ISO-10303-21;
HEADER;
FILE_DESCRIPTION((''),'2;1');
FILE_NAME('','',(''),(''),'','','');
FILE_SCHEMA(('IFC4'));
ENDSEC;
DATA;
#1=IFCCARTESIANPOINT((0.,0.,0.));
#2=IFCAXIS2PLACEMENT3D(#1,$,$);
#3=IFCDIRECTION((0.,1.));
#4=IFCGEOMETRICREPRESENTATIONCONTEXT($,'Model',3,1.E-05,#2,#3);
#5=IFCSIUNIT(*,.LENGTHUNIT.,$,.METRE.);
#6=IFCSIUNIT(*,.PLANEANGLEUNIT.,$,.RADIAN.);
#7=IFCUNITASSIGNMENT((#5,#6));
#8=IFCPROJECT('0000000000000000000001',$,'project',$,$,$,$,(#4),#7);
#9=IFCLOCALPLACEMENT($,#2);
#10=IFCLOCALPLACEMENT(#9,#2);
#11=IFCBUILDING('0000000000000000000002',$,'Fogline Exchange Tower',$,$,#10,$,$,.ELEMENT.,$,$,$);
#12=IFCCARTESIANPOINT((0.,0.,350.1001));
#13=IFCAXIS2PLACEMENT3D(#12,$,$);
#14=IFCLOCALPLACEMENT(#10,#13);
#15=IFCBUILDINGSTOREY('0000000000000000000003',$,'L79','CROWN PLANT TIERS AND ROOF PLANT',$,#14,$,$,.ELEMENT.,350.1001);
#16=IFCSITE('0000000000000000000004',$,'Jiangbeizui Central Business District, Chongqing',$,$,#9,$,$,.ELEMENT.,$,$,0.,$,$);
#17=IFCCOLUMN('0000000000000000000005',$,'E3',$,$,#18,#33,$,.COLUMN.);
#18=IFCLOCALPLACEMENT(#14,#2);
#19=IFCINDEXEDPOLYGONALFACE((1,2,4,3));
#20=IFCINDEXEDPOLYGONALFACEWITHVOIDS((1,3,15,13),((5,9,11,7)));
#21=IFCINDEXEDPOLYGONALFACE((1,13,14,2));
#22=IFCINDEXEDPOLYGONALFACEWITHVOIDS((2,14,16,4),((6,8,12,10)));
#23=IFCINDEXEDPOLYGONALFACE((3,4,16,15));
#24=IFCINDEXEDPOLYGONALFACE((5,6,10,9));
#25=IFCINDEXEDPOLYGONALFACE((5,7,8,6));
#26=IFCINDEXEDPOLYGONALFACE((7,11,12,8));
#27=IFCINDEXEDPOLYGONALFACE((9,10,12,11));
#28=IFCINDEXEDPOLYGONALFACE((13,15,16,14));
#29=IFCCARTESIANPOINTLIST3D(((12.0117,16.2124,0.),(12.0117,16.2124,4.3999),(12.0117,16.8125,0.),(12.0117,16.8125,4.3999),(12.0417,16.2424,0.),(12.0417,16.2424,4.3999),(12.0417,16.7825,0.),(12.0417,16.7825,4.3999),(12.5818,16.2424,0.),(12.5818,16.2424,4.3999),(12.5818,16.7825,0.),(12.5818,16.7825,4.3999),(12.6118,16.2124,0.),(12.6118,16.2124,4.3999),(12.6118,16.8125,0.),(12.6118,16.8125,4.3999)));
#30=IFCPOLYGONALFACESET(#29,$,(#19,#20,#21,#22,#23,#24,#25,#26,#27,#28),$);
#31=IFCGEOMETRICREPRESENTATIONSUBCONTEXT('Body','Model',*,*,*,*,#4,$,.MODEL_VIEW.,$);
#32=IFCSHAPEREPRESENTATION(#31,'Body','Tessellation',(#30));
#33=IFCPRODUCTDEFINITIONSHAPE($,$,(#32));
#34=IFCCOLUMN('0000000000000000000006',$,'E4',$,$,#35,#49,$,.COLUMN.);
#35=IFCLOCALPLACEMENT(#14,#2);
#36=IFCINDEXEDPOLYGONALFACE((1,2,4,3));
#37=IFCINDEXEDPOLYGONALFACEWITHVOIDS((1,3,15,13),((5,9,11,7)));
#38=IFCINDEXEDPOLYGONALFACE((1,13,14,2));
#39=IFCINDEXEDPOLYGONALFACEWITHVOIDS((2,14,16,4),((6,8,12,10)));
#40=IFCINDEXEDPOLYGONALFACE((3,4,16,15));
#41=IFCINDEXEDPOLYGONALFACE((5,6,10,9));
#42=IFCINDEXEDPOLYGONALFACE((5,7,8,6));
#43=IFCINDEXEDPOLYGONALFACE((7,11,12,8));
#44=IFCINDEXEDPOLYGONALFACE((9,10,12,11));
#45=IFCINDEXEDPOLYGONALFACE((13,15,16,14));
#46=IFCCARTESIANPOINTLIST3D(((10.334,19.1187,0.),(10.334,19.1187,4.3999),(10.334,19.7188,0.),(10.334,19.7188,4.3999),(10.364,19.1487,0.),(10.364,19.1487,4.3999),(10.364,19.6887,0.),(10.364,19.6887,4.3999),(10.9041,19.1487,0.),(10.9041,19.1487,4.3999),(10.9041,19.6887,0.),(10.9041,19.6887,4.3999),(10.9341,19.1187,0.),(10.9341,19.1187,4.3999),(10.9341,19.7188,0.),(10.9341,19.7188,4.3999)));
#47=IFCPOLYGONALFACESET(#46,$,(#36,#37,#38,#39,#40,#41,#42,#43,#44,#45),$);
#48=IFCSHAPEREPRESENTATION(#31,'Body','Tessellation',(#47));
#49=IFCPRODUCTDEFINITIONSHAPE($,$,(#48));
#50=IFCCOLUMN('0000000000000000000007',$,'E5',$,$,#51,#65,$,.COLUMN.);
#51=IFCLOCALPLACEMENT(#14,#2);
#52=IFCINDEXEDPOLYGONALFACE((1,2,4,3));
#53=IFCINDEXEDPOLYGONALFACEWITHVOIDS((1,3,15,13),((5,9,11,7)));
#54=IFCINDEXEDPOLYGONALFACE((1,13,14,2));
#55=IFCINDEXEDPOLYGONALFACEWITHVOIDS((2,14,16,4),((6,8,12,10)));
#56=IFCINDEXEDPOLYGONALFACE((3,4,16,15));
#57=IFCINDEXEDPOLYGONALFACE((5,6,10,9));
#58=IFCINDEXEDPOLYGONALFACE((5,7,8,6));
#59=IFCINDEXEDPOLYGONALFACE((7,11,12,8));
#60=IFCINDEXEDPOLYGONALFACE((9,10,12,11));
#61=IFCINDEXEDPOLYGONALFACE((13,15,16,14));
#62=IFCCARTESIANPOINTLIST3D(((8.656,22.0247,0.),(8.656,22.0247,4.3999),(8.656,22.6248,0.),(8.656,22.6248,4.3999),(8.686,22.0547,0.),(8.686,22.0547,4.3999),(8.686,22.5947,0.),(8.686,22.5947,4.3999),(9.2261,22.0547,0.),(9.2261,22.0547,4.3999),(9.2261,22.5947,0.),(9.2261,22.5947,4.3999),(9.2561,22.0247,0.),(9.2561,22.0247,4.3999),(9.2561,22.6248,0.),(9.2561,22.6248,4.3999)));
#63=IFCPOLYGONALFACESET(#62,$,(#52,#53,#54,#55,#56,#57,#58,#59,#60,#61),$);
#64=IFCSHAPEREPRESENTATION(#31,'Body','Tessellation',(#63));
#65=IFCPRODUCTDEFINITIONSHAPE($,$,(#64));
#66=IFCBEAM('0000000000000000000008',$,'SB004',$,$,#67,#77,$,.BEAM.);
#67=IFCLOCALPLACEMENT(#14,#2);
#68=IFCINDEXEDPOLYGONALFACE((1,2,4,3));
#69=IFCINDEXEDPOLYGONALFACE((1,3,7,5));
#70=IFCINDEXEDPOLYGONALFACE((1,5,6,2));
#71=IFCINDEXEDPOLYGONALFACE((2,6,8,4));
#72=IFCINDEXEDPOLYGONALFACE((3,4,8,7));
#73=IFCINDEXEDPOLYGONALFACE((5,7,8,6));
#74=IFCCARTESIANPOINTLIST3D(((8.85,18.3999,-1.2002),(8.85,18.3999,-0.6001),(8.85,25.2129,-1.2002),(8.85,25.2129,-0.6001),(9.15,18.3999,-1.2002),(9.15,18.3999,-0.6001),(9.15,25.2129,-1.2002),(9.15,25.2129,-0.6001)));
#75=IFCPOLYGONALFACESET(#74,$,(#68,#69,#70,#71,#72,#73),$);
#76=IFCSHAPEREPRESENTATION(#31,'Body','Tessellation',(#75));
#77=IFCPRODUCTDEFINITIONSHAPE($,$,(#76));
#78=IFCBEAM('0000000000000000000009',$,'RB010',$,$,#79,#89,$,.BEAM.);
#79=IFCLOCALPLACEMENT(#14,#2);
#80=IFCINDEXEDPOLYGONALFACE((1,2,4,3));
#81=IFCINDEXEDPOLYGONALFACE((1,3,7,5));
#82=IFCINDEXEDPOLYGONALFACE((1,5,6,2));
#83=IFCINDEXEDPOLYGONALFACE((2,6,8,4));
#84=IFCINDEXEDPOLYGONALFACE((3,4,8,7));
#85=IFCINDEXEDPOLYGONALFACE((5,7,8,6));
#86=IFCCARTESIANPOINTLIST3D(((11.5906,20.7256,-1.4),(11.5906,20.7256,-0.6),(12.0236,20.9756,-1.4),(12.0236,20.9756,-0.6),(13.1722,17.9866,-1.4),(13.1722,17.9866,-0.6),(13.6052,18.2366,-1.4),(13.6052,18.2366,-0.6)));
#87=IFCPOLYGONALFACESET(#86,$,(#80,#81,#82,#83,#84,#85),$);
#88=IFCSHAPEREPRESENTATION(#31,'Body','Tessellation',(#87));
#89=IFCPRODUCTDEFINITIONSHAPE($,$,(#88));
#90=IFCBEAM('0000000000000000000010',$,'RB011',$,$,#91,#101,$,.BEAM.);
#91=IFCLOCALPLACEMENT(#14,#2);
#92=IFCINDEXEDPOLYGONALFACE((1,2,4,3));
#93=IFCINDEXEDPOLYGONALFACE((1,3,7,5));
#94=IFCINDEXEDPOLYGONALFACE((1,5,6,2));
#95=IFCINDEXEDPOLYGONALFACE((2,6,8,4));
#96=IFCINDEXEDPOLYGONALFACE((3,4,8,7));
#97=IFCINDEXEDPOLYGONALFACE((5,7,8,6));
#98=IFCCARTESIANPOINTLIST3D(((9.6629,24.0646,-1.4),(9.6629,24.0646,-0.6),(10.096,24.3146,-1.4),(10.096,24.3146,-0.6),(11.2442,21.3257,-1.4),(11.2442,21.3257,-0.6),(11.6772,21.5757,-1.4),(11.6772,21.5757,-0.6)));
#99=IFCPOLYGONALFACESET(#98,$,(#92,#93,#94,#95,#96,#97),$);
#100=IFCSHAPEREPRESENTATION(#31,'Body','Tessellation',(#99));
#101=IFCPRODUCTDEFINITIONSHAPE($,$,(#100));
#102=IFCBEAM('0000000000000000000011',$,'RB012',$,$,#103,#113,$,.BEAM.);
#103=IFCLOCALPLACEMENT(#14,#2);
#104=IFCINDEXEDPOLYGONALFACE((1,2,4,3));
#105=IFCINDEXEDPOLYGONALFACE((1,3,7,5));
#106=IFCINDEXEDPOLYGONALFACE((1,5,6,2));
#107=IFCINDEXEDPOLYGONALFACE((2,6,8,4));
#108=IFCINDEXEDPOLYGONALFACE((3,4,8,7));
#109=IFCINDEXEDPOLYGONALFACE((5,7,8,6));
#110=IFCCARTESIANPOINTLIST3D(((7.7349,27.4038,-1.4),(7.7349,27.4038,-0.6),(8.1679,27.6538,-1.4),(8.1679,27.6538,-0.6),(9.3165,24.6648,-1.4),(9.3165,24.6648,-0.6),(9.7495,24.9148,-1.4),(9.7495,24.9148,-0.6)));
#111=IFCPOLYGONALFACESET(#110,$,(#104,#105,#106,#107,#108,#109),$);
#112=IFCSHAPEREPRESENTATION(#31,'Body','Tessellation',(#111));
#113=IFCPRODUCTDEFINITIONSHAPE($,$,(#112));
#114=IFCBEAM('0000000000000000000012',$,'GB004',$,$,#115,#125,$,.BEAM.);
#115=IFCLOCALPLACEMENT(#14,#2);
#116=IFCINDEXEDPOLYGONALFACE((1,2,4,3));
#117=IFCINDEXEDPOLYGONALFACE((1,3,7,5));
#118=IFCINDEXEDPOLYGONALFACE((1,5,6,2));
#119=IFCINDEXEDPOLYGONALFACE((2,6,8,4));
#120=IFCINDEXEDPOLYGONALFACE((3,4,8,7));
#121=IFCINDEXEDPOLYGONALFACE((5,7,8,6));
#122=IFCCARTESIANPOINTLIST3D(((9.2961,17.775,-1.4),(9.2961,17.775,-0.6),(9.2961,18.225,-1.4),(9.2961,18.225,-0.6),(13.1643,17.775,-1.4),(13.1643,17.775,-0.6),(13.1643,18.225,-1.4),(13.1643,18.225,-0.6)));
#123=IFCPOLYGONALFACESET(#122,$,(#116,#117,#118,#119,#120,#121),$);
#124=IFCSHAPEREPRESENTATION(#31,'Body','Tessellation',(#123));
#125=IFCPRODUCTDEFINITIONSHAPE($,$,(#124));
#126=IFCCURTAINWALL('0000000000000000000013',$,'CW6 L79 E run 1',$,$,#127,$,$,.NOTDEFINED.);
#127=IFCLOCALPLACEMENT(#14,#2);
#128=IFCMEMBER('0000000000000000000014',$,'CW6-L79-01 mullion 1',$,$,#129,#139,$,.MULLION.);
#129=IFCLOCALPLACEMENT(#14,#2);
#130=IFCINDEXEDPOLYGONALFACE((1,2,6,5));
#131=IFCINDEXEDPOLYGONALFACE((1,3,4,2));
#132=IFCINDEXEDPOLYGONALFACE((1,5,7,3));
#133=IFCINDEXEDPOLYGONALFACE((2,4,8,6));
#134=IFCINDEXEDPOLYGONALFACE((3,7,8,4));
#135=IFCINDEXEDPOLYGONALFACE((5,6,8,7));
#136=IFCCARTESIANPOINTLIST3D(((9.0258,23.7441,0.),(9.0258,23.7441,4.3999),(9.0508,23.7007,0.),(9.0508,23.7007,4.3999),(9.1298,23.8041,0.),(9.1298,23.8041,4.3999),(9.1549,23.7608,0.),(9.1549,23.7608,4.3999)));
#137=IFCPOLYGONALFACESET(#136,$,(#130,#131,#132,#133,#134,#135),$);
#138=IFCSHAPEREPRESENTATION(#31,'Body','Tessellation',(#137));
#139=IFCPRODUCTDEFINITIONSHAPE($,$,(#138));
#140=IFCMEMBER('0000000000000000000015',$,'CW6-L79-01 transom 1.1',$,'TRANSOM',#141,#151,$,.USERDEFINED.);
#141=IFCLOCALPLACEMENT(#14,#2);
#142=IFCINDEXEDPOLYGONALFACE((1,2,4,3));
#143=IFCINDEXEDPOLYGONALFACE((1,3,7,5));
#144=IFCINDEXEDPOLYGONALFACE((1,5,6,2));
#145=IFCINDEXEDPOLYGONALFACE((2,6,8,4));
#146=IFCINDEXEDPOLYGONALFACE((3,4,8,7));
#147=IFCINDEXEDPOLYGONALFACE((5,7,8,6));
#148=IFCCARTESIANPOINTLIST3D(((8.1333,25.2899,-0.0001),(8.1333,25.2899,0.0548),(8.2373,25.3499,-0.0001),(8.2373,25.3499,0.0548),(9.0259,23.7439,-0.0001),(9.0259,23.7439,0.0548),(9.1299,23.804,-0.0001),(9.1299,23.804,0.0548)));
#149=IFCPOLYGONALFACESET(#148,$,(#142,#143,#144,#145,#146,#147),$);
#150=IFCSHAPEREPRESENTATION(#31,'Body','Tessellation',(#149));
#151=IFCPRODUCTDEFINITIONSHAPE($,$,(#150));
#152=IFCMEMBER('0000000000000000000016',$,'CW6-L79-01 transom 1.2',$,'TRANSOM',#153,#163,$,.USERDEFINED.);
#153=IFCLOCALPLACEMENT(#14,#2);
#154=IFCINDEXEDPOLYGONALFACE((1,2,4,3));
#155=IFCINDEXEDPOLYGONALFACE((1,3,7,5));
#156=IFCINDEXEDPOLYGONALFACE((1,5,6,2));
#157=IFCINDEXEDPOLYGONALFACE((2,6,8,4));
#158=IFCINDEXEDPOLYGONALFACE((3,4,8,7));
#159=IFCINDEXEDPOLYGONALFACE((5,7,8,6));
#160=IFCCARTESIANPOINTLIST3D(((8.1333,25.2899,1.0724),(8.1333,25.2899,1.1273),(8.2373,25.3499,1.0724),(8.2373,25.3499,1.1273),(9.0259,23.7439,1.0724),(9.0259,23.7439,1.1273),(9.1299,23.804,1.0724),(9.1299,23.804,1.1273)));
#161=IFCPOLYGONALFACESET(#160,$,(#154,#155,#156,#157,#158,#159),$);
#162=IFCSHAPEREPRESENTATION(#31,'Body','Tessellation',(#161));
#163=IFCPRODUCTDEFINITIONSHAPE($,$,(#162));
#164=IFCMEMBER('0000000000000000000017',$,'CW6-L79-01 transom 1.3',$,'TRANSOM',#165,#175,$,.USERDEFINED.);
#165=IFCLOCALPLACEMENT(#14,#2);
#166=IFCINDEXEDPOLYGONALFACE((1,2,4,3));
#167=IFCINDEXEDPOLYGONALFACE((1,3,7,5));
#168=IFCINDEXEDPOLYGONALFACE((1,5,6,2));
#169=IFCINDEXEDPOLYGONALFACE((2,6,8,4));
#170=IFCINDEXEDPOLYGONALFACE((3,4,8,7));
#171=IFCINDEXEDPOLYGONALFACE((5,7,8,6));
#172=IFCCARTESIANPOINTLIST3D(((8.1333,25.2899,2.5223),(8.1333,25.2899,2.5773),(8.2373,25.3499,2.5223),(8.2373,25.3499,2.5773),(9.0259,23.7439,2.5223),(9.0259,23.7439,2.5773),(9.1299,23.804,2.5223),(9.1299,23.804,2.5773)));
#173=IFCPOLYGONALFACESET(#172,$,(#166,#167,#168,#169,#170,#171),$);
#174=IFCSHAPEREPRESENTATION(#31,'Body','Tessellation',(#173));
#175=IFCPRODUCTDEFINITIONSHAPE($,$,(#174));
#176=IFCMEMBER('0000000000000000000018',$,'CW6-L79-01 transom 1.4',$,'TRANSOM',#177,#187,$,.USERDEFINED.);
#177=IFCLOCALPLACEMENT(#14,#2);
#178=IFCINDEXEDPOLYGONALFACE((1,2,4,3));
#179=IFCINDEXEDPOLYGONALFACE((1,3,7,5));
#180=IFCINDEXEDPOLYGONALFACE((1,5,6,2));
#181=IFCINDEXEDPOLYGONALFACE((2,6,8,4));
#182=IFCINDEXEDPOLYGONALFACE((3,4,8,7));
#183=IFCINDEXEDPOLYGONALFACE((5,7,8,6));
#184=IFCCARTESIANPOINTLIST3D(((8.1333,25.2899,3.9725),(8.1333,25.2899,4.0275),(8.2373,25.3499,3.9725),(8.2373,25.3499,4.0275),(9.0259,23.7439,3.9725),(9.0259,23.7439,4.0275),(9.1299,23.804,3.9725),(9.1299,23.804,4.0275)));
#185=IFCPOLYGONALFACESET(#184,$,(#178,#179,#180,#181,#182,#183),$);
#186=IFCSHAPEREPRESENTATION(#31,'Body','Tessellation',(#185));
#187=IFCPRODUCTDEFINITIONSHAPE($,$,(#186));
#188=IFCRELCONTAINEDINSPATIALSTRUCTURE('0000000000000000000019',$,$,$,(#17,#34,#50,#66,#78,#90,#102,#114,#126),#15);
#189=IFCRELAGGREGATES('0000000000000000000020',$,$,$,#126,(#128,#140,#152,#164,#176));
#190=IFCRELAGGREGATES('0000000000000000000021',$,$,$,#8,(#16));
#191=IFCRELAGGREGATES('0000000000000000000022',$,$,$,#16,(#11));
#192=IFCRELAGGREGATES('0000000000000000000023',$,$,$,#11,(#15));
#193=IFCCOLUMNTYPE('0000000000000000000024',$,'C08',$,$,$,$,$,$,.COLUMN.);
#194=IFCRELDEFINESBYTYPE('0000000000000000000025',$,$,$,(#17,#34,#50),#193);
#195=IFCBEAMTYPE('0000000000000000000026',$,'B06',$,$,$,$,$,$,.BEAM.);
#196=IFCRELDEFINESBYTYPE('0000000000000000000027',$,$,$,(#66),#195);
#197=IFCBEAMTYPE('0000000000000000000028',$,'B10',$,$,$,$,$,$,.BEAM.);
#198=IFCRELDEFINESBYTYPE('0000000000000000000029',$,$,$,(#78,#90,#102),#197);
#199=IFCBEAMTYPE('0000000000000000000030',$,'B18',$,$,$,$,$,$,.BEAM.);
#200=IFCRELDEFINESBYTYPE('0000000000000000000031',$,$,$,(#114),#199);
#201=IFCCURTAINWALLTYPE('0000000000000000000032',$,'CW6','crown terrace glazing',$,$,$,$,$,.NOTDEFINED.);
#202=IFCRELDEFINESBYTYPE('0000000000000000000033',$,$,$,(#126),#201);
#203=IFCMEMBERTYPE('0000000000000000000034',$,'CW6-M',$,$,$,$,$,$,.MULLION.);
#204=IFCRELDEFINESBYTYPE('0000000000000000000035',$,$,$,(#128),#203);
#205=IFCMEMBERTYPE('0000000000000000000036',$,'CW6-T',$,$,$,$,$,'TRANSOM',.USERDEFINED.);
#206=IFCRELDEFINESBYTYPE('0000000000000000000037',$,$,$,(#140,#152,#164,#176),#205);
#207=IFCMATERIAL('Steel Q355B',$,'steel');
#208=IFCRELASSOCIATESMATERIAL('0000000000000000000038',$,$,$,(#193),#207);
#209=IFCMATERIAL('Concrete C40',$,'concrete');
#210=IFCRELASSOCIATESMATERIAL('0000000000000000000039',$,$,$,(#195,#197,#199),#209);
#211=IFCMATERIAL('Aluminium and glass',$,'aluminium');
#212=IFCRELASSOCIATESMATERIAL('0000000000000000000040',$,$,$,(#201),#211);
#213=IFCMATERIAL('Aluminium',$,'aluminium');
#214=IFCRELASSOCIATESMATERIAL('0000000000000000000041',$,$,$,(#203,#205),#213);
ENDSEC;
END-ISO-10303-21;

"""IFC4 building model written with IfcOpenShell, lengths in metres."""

from ifc_helpers import new_model, si_unit, direction, frame, origin, origin_2d, place, context, subcontext, project, spatial, rectangle, hollow_rectangle, extrude, material, material_profile, profile_set, type_object, element, aggregate, save


model = new_model("IFC4")

# Units and contexts
model_context = context("Model", 3, precision=1e-05, world=origin(), true_north=direction((0.0, 1.0)))
body_context = subcontext(model_context, "Body", "Model", "MODEL_VIEW")
ifc_project = project(units=[si_unit("LENGTHUNIT", "METRE"), si_unit("PLANEANGLEUNIT", "RADIAN")], contexts=[model_context])

# Site, building, storey
site_placement = place(None, origin())
site = spatial("IfcSite", under=ifc_project, at=site_placement, Name="Jiangbeizui Central Business District, Chongqing", CompositionType="ELEMENT", RefElevation=0.0)
building_placement = place(site_placement, origin())
building = spatial("IfcBuilding", under=site, at=building_placement, Name="Fogline Exchange Tower", CompositionType="ELEMENT")
storey_placement = place(building_placement, frame((0.0, 0.0, 350.1001)))
storey = spatial("IfcBuildingStorey", under=building, at=storey_placement, Name="L79", Description="CROWN PLANT TIERS AND ROOF PLANT", CompositionType="ELEMENT", Elevation=350.1001)

# Columns
ifc_material_1 = material(Name="Steel Q355B", Category="steel")
ifc_material_profile_1 = material_profile(ifc_material_1, hollow_rectangle(XDim=0.6001, YDim=0.6001, WallThickness=0.03, at=origin_2d()), Name="BOX600X600X30")
ifc_profile_set_1 = profile_set([ifc_material_profile_1], Name="Steel Q355B")
column_type = type_object("IfcColumnType", Name="C08", PredefinedType="COLUMN", material=ifc_profile_set_1)
for number, where, z_axis, x_axis, name in (
    (1, (12.3118, 16.5125, 0.0), (0.0, 0.0, 1.0), (1.0, 0.0, 0.0), "E3"),
    (2, (10.634, 19.4187, 0.0), (0.0, 0.0, 1.0), (1.0, 0.0, 0.0), "E4"),
    (3, (8.9561, 22.3247, 0.0), (0.0, 0.0, 1.0), (1.0, 0.0, 0.0), "E5"),
):
    element("IfcColumn", number, at=place(storey_placement, frame(where, z_axis=z_axis, x_axis=x_axis)), inside=storey, type_object=column_type, Name=name, PredefinedType="COLUMN", context=body_context, shape_type="SweptSolid", body=[
        extrude(hollow_rectangle(XDim=0.6001, YDim=0.6001, WallThickness=0.03, at=origin_2d()), origin(), (0.0, 0.0, 1.0), 4.3999),
    ])

# Beams
ifc_material_2 = material(Name="Concrete C40", Category="concrete")
ifc_material_profile_2 = material_profile(ifc_material_2, rectangle(XDim=0.3, YDim=0.6001, at=origin_2d()), Name="RC 300x600")
ifc_profile_set_2 = profile_set([ifc_material_profile_2], Name="Concrete C40")
beam_type_1 = type_object("IfcBeamType", Name="B06", PredefinedType="BEAM", material=ifc_profile_set_2)
beam_1_placement = place(storey_placement, frame((9.0, 18.3999, -0.9001), z_axis=(0.0, 1.0, 0.0), x_axis=(-1.0, 0.0, 0.0)))
element("IfcBeam", 4, at=beam_1_placement, inside=storey, type_object=beam_type_1, Name="SB004", PredefinedType="BEAM", context=body_context, shape_type="SweptSolid", body=[
    extrude(rectangle(XDim=0.3, YDim=0.6001, at=origin_2d()), origin(), (0.0, 0.0, 1.0), 6.813),
])
ifc_material_profile_3 = material_profile(ifc_material_2, rectangle(XDim=0.5, YDim=0.8, at=origin_2d()), Name="RC 500x800")
ifc_profile_set_3 = profile_set([ifc_material_profile_3], Name="Concrete C40")
beam_type_2 = type_object("IfcBeamType", Name="B10", PredefinedType="BEAM", material=ifc_profile_set_3)
beam_2_placement = place(storey_placement, frame((13.3887, 18.1116, -1.0), z_axis=(-0.500041, 0.866002, 0.0), x_axis=(-0.866002, -0.500041, 0.0)))
element("IfcBeam", 5, at=beam_2_placement, inside=storey, type_object=beam_type_2, Name="RB010", PredefinedType="BEAM", context=body_context, shape_type="SweptSolid", body=[
    extrude(rectangle(XDim=0.5, YDim=0.8, at=origin_2d()), origin(), (0.0, 0.0, 1.0), 3.1628),
])
beam_3_placement = place(storey_placement, frame((11.4607, 21.4507, -1.0), z_axis=(-0.499983, 0.866035, 0.0), x_axis=(-0.866035, -0.499983, 0.0)))
element("IfcBeam", 6, at=beam_3_placement, inside=storey, type_object=beam_type_2, Name="RB011", PredefinedType="BEAM", context=body_context, shape_type="SweptSolid", body=[
    extrude(rectangle(XDim=0.5, YDim=0.8, at=origin_2d()), origin(), (0.0, 0.0, 1.0), 3.1626),
])
beam_4_placement = place(storey_placement, frame((9.533, 24.7898, -1.0), z_axis=(-0.500041, 0.866002, 0.0), x_axis=(-0.866002, -0.500041, 0.0)))
element("IfcBeam", 7, at=beam_4_placement, inside=storey, type_object=beam_type_2, Name="RB012", PredefinedType="BEAM", context=body_context, shape_type="SweptSolid", body=[
    extrude(rectangle(XDim=0.5, YDim=0.8, at=origin_2d()), origin(), (0.0, 0.0, 1.0), 3.1628),
])
ifc_material_profile_4 = material_profile(ifc_material_2, rectangle(XDim=0.45, YDim=0.8, at=origin_2d()), Name="RC 450x800")
ifc_profile_set_4 = profile_set([ifc_material_profile_4], Name="Concrete C40")
beam_type_3 = type_object("IfcBeamType", Name="B18", PredefinedType="BEAM", material=ifc_profile_set_4)
beam_5_placement = place(storey_placement, frame((9.2961, 18.0, -1.0), z_axis=(1.0, 0.0, 0.0), x_axis=(0.0, 1.0, 0.0)))
element("IfcBeam", 8, at=beam_5_placement, inside=storey, type_object=beam_type_3, Name="GB004", PredefinedType="BEAM", context=body_context, shape_type="SweptSolid", body=[
    extrude(rectangle(XDim=0.45, YDim=0.8, at=origin_2d()), origin(), (0.0, 0.0, 1.0), 3.8682),
])

# Curtain wall, members
ifc_material_3 = material(Name="Aluminium and glass", Category="aluminium")
curtain_wall_type = type_object("IfcCurtainWallType", Name="CW6", Description="crown terrace glazing", PredefinedType="NOTDEFINED", material=ifc_material_3)
curtain_wall_placement = place(storey_placement, origin())
curtain_wall = element("IfcCurtainWall", 9, at=curtain_wall_placement, inside=storey, type_object=curtain_wall_type, Name="CW6 L79 E run 1", PredefinedType="NOTDEFINED")
ifc_material_4 = material(Name="Aluminium", Category="aluminium")
ifc_material_profile_5 = material_profile(ifc_material_4, rectangle(XDim=0.1201, YDim=0.05, at=origin_2d()), Name="Mullion 50x120")
ifc_profile_set_5 = profile_set([ifc_material_profile_5], Name="Aluminium")
member_type_1 = type_object("IfcMemberType", Name="CW6-M", PredefinedType="MULLION", material=ifc_profile_set_5)
member_1_placement = place(storey_placement, frame((9.0903, 23.7524, 0.0), z_axis=(0.0, 0.0, 1.0), x_axis=(-0.866026, -0.5, 0.0)))
member_1 = element("IfcMember", 10, at=member_1_placement, type_object=member_type_1, Name="CW6-L79-01 mullion 1", PredefinedType="MULLION", context=body_context, shape_type="SweptSolid", body=[
    extrude(rectangle(XDim=0.1201, YDim=0.05, at=origin_2d()), origin(), (0.0, 0.0, 1.0), 4.3999),
])
ifc_material_profile_6 = material_profile(ifc_material_4, rectangle(XDim=0.1201, YDim=0.0549, at=origin_2d()), Name="Transom 55x120")
ifc_profile_set_6 = profile_set([ifc_material_profile_6], Name="Aluminium")
member_type_2 = type_object("IfcMemberType", Name="CW6-T", ElementType="TRANSOM", PredefinedType="USERDEFINED", material=ifc_profile_set_6)
member_2_placement = place(storey_placement, frame((9.0779, 23.7739, 0.0273), z_axis=(-0.500022, 0.866012, 0.0), x_axis=(-0.866012, -0.500022, 0.0)))
member_2 = element("IfcMember", 11, at=member_2_placement, type_object=member_type_2, Name="CW6-L79-01 transom 1.1", ObjectType="TRANSOM", PredefinedType="USERDEFINED", context=body_context, shape_type="SweptSolid", body=[
    extrude(rectangle(XDim=0.1201, YDim=0.0549, at=origin_2d()), origin(), (0.0, 0.0, 1.0), 1.7852),
])
member_3_placement = place(storey_placement, frame((9.0779, 23.7739, 1.0999), z_axis=(-0.500022, 0.866012, 0.0), x_axis=(-0.866012, -0.500022, 0.0)))
member_3 = element("IfcMember", 12, at=member_3_placement, type_object=member_type_2, Name="CW6-L79-01 transom 1.2", ObjectType="TRANSOM", PredefinedType="USERDEFINED", context=body_context, shape_type="SweptSolid", body=[
    extrude(rectangle(XDim=0.1201, YDim=0.0549, at=origin_2d()), origin(), (0.0, 0.0, 1.0), 1.7852),
])
member_4_placement = place(storey_placement, frame((9.0779, 23.7739, 2.5498), z_axis=(-0.500022, 0.866012, 0.0), x_axis=(-0.866012, -0.500022, 0.0)))
member_4 = element("IfcMember", 13, at=member_4_placement, type_object=member_type_2, Name="CW6-L79-01 transom 1.3", ObjectType="TRANSOM", PredefinedType="USERDEFINED", context=body_context, shape_type="SweptSolid", body=[
    extrude(rectangle(XDim=0.1201, YDim=0.0549, at=origin_2d()), origin(), (0.0, 0.0, 1.0), 1.7852),
])
member_5_placement = place(storey_placement, frame((9.0779, 23.7739, 4.0), z_axis=(-0.500022, 0.866012, 0.0), x_axis=(-0.866012, -0.500022, 0.0)))
member_5 = element("IfcMember", 14, at=member_5_placement, type_object=member_type_2, Name="CW6-L79-01 transom 1.4", ObjectType="TRANSOM", PredefinedType="USERDEFINED", context=body_context, shape_type="SweptSolid", body=[
    extrude(rectangle(XDim=0.1201, YDim=0.0549, at=origin_2d()), origin(), (0.0, 0.0, 1.0), 1.7852),
])
aggregate(curtain_wall, [member_1, member_2, member_3, member_4, member_5])

save(model, "model.ifc")
